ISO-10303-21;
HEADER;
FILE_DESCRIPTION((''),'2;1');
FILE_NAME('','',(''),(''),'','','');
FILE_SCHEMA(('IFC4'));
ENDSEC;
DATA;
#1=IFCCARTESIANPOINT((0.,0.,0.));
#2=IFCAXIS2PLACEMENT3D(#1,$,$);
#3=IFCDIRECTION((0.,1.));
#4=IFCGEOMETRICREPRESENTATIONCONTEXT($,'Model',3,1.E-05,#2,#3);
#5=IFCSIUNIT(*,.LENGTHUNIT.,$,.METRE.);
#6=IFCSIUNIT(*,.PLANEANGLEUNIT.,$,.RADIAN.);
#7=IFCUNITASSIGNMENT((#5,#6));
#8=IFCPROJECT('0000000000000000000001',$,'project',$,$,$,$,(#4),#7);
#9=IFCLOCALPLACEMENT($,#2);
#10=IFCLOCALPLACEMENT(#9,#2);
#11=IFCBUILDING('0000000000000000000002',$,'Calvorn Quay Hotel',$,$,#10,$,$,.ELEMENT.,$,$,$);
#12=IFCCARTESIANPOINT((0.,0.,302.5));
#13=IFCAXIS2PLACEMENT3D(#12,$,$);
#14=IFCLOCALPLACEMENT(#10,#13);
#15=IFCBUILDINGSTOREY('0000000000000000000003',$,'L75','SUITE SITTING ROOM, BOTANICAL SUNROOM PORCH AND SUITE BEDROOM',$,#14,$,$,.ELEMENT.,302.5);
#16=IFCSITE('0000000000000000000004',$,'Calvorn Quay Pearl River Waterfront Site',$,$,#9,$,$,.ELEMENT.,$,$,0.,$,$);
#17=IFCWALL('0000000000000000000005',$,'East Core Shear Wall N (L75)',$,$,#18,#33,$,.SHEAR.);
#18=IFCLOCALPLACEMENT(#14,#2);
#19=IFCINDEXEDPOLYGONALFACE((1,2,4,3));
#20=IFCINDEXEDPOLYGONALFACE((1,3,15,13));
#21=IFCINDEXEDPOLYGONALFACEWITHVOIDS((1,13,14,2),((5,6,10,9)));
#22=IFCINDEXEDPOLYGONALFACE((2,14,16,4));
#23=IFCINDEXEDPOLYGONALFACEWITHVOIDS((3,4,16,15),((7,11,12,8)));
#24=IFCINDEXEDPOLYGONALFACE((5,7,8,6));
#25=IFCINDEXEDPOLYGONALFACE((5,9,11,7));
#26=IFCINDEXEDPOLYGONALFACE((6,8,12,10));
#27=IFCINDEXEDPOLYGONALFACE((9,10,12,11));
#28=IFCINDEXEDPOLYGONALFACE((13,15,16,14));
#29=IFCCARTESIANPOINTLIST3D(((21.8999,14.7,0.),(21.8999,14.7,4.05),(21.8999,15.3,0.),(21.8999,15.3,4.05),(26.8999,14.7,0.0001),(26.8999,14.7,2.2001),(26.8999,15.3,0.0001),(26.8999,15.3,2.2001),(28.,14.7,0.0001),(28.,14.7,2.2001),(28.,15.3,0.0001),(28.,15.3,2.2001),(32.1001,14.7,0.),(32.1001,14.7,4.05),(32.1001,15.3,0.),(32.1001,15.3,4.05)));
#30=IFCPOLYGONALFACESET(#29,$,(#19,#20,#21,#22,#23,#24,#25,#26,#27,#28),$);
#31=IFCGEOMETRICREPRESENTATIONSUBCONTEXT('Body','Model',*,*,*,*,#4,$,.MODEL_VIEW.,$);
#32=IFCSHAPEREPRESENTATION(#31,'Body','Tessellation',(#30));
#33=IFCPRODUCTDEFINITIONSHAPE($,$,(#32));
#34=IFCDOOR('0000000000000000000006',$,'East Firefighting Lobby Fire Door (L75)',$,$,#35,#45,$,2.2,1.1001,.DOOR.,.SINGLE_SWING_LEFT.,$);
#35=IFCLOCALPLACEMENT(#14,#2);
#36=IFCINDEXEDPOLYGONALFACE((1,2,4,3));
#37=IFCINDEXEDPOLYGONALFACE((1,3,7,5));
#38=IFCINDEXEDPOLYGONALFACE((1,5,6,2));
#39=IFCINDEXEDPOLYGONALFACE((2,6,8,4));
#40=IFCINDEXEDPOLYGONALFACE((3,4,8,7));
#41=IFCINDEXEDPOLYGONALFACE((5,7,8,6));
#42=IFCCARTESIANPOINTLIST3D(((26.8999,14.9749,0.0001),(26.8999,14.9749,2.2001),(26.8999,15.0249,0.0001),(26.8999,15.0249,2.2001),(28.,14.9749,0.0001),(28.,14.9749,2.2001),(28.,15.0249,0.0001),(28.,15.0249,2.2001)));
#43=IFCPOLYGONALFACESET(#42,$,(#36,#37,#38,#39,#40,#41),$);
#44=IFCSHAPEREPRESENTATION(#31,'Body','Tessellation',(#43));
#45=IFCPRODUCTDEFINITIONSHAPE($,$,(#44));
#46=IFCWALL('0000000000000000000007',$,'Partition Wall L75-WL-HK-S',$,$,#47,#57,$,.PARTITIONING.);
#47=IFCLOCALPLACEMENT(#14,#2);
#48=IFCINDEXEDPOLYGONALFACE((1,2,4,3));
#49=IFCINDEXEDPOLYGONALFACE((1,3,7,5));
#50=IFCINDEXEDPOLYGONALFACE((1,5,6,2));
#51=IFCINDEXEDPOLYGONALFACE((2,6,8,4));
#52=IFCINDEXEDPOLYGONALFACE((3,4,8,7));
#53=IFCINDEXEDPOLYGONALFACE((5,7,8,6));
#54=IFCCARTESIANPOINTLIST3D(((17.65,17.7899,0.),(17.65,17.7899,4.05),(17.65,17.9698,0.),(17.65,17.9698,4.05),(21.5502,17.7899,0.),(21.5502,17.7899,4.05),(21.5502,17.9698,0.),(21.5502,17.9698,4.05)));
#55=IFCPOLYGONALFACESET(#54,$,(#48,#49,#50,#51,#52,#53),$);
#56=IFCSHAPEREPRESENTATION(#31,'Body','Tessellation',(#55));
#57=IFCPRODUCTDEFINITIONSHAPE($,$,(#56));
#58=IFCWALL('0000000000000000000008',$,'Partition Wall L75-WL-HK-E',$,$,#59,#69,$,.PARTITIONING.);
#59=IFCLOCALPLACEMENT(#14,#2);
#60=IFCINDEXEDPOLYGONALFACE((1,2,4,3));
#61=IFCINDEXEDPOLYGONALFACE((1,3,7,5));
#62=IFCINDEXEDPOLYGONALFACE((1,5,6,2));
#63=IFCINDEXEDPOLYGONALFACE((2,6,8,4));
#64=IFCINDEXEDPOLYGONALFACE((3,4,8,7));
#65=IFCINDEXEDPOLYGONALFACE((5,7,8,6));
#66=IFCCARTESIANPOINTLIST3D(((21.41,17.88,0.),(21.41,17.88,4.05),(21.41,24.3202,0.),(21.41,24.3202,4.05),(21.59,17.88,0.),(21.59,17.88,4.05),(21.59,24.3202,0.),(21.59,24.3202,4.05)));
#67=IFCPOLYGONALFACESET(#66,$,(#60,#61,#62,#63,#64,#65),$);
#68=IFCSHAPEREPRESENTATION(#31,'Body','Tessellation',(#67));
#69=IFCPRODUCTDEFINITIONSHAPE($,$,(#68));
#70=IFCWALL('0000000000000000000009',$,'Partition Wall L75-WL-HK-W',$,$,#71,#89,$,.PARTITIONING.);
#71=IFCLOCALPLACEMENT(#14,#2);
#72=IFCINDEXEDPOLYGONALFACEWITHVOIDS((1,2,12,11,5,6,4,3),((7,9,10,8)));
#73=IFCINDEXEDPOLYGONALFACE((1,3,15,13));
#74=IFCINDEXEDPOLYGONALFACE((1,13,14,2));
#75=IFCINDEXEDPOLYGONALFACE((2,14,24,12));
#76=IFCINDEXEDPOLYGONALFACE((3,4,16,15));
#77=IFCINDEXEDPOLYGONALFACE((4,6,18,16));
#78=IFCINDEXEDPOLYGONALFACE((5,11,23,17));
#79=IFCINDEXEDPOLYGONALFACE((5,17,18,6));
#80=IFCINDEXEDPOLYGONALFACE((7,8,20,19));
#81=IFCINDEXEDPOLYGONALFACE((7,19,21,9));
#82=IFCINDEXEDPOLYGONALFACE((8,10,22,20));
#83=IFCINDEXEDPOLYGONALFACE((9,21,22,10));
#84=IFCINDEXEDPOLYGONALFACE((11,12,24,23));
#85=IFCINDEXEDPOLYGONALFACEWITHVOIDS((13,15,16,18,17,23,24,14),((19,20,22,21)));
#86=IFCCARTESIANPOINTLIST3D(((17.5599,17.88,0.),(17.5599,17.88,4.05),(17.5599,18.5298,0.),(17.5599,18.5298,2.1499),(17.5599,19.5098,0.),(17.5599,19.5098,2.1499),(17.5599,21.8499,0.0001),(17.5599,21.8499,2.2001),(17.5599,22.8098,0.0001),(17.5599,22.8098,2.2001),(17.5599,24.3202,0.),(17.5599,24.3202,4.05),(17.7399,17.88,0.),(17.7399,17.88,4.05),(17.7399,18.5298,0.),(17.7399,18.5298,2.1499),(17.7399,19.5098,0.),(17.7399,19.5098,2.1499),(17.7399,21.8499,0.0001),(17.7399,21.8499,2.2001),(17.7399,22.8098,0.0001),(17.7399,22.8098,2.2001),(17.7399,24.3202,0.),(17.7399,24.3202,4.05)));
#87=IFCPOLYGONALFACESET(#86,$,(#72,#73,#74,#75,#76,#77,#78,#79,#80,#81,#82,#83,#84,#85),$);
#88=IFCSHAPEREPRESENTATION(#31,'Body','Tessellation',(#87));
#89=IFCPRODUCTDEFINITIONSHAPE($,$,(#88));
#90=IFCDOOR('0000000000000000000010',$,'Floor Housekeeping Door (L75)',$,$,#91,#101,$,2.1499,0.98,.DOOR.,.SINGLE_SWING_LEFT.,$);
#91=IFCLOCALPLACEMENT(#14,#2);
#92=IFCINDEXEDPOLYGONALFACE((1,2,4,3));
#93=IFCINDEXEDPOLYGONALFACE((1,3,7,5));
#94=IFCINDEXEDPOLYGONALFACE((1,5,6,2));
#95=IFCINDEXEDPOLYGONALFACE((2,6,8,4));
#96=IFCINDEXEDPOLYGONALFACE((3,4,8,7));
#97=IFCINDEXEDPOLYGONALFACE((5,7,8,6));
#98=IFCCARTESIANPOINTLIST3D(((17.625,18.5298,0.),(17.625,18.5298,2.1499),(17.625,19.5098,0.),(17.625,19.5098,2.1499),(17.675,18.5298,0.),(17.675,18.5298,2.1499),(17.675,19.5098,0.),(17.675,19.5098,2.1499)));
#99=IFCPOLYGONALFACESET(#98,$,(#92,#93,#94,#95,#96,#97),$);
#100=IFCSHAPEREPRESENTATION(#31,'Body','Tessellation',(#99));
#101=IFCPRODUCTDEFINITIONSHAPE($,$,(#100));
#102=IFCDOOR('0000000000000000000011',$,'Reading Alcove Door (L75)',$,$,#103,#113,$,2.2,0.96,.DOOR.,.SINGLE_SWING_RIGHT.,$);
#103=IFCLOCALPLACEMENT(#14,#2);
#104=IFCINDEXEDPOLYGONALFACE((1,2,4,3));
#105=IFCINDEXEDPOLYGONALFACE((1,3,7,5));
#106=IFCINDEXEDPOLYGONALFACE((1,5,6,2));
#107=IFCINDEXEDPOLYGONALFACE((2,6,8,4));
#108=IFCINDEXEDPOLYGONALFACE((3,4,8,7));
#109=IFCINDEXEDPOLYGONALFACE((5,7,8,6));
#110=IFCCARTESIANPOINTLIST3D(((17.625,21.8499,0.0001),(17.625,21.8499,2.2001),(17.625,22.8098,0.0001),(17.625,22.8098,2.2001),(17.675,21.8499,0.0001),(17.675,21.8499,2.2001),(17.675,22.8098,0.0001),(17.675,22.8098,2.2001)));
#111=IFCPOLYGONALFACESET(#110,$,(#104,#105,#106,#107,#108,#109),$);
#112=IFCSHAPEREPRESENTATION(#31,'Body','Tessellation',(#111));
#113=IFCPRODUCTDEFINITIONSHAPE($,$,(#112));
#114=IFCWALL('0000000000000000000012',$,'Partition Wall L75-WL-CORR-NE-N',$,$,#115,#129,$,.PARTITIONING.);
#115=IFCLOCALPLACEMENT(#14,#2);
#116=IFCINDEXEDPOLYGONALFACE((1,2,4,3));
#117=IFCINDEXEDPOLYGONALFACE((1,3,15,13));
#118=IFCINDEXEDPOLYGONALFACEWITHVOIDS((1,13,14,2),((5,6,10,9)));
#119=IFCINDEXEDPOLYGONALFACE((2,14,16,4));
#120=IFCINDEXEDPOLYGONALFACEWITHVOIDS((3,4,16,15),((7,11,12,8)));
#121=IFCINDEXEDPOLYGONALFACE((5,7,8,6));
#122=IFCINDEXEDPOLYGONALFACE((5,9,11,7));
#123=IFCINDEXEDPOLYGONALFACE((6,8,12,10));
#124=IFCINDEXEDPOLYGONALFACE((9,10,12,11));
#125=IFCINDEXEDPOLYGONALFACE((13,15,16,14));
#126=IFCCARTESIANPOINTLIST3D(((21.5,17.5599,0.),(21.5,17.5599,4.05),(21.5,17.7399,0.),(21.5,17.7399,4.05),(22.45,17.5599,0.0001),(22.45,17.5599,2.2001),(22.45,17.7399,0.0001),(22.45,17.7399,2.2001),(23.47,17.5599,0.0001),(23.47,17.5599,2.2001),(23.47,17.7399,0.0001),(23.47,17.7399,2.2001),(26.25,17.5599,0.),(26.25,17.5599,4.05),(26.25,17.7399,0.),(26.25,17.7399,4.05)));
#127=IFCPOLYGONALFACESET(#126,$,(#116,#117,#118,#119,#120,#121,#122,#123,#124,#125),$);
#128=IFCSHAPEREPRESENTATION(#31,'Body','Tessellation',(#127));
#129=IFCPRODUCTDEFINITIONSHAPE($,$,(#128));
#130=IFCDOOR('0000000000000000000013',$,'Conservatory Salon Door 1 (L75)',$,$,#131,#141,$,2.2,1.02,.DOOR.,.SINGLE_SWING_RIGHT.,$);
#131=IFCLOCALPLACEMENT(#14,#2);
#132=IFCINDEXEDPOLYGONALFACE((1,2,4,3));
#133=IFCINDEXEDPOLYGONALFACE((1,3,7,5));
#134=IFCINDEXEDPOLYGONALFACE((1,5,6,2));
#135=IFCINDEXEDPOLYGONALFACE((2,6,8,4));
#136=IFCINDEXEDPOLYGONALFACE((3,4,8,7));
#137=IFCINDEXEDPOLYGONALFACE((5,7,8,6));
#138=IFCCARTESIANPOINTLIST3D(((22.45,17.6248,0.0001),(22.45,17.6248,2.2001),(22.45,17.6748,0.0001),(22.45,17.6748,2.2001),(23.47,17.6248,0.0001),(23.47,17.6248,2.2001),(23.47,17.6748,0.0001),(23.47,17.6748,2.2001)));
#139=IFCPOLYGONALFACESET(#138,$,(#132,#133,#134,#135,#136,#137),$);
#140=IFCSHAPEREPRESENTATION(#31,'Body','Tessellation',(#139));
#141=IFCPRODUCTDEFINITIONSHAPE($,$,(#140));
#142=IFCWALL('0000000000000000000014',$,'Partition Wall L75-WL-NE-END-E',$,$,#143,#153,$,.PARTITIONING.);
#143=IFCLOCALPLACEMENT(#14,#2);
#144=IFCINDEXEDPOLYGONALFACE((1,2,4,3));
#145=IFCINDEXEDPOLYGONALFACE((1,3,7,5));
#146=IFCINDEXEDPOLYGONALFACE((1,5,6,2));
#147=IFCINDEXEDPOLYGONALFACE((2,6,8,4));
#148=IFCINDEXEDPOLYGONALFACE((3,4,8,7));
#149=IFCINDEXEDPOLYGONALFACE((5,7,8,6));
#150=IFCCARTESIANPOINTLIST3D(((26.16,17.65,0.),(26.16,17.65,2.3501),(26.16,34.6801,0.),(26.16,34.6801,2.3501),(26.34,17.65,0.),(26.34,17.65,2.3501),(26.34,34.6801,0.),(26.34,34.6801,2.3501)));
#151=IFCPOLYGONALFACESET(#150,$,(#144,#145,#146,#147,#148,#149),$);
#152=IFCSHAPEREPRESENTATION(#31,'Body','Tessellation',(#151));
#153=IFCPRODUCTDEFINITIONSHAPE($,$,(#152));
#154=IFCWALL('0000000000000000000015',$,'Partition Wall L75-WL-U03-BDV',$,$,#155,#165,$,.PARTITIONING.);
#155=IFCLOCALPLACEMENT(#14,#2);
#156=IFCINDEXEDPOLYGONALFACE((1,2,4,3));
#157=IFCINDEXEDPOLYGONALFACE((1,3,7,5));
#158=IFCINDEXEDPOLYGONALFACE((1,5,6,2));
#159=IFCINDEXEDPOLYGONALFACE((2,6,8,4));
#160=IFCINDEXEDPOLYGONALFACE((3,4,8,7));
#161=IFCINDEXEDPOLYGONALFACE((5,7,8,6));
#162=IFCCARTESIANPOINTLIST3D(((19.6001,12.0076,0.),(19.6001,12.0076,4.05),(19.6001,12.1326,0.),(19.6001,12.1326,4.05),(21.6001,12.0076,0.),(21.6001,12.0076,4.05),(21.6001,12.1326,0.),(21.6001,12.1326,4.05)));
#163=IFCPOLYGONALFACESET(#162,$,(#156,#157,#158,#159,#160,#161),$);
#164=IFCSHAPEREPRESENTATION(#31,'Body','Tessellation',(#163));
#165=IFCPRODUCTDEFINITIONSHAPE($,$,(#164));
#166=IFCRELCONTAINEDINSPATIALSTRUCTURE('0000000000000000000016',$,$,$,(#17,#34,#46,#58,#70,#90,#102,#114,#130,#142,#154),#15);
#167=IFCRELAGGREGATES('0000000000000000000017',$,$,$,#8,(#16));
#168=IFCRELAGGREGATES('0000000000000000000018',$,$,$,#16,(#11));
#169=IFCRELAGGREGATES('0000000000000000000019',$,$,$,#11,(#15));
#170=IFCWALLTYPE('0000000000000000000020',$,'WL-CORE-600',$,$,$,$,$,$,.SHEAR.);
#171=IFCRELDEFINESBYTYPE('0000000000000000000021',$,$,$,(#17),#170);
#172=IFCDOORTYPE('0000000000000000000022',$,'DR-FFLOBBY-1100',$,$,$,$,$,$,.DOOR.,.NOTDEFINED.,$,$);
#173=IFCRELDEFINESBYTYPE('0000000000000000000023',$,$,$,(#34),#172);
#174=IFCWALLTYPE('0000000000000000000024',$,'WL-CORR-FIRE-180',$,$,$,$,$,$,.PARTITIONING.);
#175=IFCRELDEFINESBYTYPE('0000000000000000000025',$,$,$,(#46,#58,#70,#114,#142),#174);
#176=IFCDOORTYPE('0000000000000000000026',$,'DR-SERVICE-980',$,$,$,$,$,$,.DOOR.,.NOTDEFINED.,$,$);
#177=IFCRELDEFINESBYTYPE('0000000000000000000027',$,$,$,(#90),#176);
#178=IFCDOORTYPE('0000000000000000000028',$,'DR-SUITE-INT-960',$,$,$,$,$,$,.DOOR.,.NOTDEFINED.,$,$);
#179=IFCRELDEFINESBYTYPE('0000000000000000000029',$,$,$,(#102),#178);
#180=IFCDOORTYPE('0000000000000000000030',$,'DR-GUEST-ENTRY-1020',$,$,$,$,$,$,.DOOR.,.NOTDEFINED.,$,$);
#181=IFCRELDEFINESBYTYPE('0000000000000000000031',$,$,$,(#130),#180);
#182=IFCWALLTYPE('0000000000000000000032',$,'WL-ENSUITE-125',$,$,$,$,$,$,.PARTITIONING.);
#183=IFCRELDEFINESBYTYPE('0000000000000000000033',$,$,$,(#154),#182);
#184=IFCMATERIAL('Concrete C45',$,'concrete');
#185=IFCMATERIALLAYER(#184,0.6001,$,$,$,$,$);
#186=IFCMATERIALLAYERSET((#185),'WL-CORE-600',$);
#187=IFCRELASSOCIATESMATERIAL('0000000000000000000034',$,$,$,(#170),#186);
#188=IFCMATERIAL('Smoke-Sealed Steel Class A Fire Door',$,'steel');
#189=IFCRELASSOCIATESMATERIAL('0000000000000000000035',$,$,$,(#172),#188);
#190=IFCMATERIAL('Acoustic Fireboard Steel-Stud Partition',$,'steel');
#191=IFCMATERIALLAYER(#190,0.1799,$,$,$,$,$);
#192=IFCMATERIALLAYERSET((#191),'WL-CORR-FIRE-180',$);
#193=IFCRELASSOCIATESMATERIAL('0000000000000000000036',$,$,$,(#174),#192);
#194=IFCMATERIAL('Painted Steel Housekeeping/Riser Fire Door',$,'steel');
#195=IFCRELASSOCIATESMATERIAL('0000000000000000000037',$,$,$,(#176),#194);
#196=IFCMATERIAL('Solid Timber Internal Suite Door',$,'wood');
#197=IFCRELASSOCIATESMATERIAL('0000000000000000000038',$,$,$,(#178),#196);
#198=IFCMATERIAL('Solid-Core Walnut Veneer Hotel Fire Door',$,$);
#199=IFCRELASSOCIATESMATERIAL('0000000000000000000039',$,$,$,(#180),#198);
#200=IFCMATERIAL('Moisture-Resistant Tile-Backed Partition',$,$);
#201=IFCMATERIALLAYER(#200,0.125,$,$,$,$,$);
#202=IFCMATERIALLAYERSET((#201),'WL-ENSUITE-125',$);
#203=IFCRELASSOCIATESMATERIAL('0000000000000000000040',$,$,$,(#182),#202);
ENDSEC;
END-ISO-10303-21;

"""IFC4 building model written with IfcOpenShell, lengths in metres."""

from ifc_helpers import new_model, si_unit, direction, frame, frame_2d, origin, place, context, subcontext, project, spatial, rectangle, extrude, material, layer, layer_set, type_object, element, fill, save


model = new_model("IFC4")

# Units and contexts
model_context = context("Model", 3, precision=1e-05, world=origin(), true_north=direction((0.0, 1.0)))
body_context = subcontext(model_context, "Body", "Model", "MODEL_VIEW")
ifc_project = project(units=[si_unit("LENGTHUNIT", "METRE"), si_unit("PLANEANGLEUNIT", "RADIAN")], contexts=[model_context])

# Site, building, storey
site_placement = place(None, origin())
site = spatial("IfcSite", under=ifc_project, at=site_placement, Name="Calvorn Quay Pearl River Waterfront Site", CompositionType="ELEMENT", RefElevation=0.0)
building_placement = place(site_placement, origin())
building = spatial("IfcBuilding", under=site, at=building_placement, Name="Calvorn Quay Hotel", CompositionType="ELEMENT")
storey_placement = place(building_placement, frame((0.0, 0.0, 302.5)))
storey = spatial("IfcBuildingStorey", under=building, at=storey_placement, Name="L75", Description="SUITE SITTING ROOM, BOTANICAL SUNROOM PORCH AND SUITE BEDROOM", CompositionType="ELEMENT", Elevation=302.5)

# Wall, opening, door
ifc_material_1 = material(Name="Concrete C45", Category="concrete")
ifc_layer_1 = layer(ifc_material_1, 0.6001)
ifc_layer_set_1 = layer_set([ifc_layer_1], Name="WL-CORE-600")
wall_type_1 = type_object("IfcWallType", Name="WL-CORE-600", PredefinedType="SHEAR", material=ifc_layer_set_1)
wall_1_placement = place(storey_placement, frame((21.8999, 15.0, 0.0), z_axis=(0.0, 0.0, 1.0), x_axis=(1.0, 0.0, 0.0)))
wall_1 = element("IfcWall", 1, at=wall_1_placement, inside=storey, type_object=wall_type_1, Name="East Core Shear Wall N (L75)", PredefinedType="SHEAR", context=body_context, shape_type="SweptSolid", body=[
    extrude(rectangle(XDim=10.2002, YDim=0.6001, at=frame_2d((5.1001, 0.0))), origin(), (0.0, 0.0, 1.0), 4.05),
])
opening_1_placement = place(wall_1_placement, frame((5.0, 0.0, 0.0)))
opening_1 = element("IfcOpeningElement", 2, at=opening_1_placement, cuts=wall_1, PredefinedType="OPENING", context=body_context, shape_type="SweptSolid", body=[
    extrude(rectangle(XDim=1.1001, YDim=2.2, at=frame_2d((0.55, 1.1001))), frame((0.0, 0.3101, 0.0), z_axis=(0.0, -1.0, 0.0), x_axis=(1.0, 0.0, 0.0)), (0.0, 0.0, 1.0), 0.6201),
])
ifc_material_2 = material(Name="Smoke-Sealed Steel Class A Fire Door", Category="steel")
door_type_1 = type_object("IfcDoorType", Name="DR-FFLOBBY-1100", OperationType="NOTDEFINED", PredefinedType="DOOR", material=ifc_material_2)
door_1_placement = place(opening_1_placement, origin())
door_1 = element("IfcDoor", 3, at=door_1_placement, inside=storey, type_object=door_type_1, Name="East Firefighting Lobby Fire Door (L75)", OperationType="SINGLE_SWING_LEFT", OverallHeight=2.2, OverallWidth=1.1001, PredefinedType="DOOR", context=body_context, shape_type="SweptSolid", body=[
    extrude(rectangle(XDim=1.1001, YDim=2.2, at=frame_2d((0.55, 1.1001))), frame((0.0, 0.0249, 0.0), z_axis=(0.0, -1.0, 0.0), x_axis=(1.0, 0.0, 0.0)), (0.0, 0.0, 1.0), 0.05),
])
fill(opening_1, door_1)

# Walls
ifc_material_3 = material(Name="Acoustic Fireboard Steel-Stud Partition", Category="steel")
ifc_layer_2 = layer(ifc_material_3, 0.1799)
ifc_layer_set_2 = layer_set([ifc_layer_2], Name="WL-CORR-FIRE-180")
wall_type_2 = type_object("IfcWallType", Name="WL-CORR-FIRE-180", PredefinedType="PARTITIONING", material=ifc_layer_set_2)
wall_2_placement = place(storey_placement, frame((17.6499, 17.8799, 0.0), z_axis=(0.0, 0.0, 1.0), x_axis=(1.0, 0.0, 0.0)))
element("IfcWall", 4, at=wall_2_placement, inside=storey, type_object=wall_type_2, Name="Partition Wall L75-WL-HK-S", PredefinedType="PARTITIONING", context=body_context, shape_type="SweptSolid", body=[
    extrude(rectangle(XDim=3.9001, YDim=0.1799, at=frame_2d((1.9502, 0.0))), origin(), (0.0, 0.0, 1.0), 4.05),
])
wall_3_placement = place(storey_placement, frame((21.5, 17.8799, 0.0), z_axis=(0.0, 0.0, 1.0), x_axis=(0.0, 1.0, 0.0)))
element("IfcWall", 5, at=wall_3_placement, inside=storey, type_object=wall_type_2, Name="Partition Wall L75-WL-HK-E", PredefinedType="PARTITIONING", context=body_context, shape_type="SweptSolid", body=[
    extrude(rectangle(XDim=6.4402, YDim=0.1799, at=frame_2d((3.2202, 0.0))), origin(), (0.0, 0.0, 1.0), 4.05),
])

# Wall, openings, doors
wall_4_placement = place(storey_placement, frame((17.6499, 17.8799, 0.0), z_axis=(0.0, 0.0, 1.0), x_axis=(0.0, 1.0, 0.0)))
wall_4 = element("IfcWall", 6, at=wall_4_placement, inside=storey, type_object=wall_type_2, Name="Partition Wall L75-WL-HK-W", PredefinedType="PARTITIONING", context=body_context, shape_type="SweptSolid", body=[
    extrude(rectangle(XDim=6.4402, YDim=0.1799, at=frame_2d((3.2202, 0.0))), origin(), (0.0, 0.0, 1.0), 4.05),
])
opening_2_placement = place(wall_4_placement, frame((0.6499, 0.0, 0.0)))
opening_2 = element("IfcOpeningElement", 7, at=opening_2_placement, cuts=wall_4, PredefinedType="OPENING", context=body_context, shape_type="SweptSolid", body=[
    extrude(rectangle(XDim=0.98, YDim=2.1499, at=frame_2d((0.49, 1.075))), frame((0.0, 0.0999, 0.0), z_axis=(0.0, -1.0, 0.0), x_axis=(1.0, 0.0, 0.0)), (0.0, 0.0, 1.0), 0.2),
])
opening_3_placement = place(wall_4_placement, frame((3.97, 0.0, 0.0)))
opening_3 = element("IfcOpeningElement", 8, at=opening_3_placement, cuts=wall_4, PredefinedType="OPENING", context=body_context, shape_type="SweptSolid", body=[
    extrude(rectangle(XDim=0.96, YDim=2.2, at=frame_2d((0.48, 1.1001))), frame((0.0, 0.0999, 0.0), z_axis=(0.0, -1.0, 0.0), x_axis=(1.0, 0.0, 0.0)), (0.0, 0.0, 1.0), 0.2),
])
ifc_material_4 = material(Name="Painted Steel Housekeeping/Riser Fire Door", Category="steel")
door_type_2 = type_object("IfcDoorType", Name="DR-SERVICE-980", OperationType="NOTDEFINED", PredefinedType="DOOR", material=ifc_material_4)
door_2_placement = place(opening_2_placement, origin())
door_2 = element("IfcDoor", 9, at=door_2_placement, inside=storey, type_object=door_type_2, Name="Floor Housekeeping Door (L75)", OperationType="SINGLE_SWING_LEFT", OverallHeight=2.1499, OverallWidth=0.98, PredefinedType="DOOR", context=body_context, shape_type="SweptSolid", body=[
    extrude(rectangle(XDim=0.98, YDim=2.1499, at=frame_2d((0.49, 1.075))), frame((0.0, 0.0249, 0.0), z_axis=(0.0, -1.0, 0.0), x_axis=(1.0, 0.0, 0.0)), (0.0, 0.0, 1.0), 0.05),
])
fill(opening_2, door_2)
ifc_material_5 = material(Name="Solid Timber Internal Suite Door", Category="wood")
door_type_3 = type_object("IfcDoorType", Name="DR-SUITE-INT-960", OperationType="NOTDEFINED", PredefinedType="DOOR", material=ifc_material_5)
door_3_placement = place(opening_3_placement, origin())
door_3 = element("IfcDoor", 10, at=door_3_placement, inside=storey, type_object=door_type_3, Name="Reading Alcove Door (L75)", OperationType="SINGLE_SWING_RIGHT", OverallHeight=2.2, OverallWidth=0.96, PredefinedType="DOOR", context=body_context, shape_type="SweptSolid", body=[
    extrude(rectangle(XDim=0.96, YDim=2.2, at=frame_2d((0.48, 1.1001))), frame((0.0, 0.0249, 0.0), z_axis=(0.0, -1.0, 0.0), x_axis=(1.0, 0.0, 0.0)), (0.0, 0.0, 1.0), 0.05),
])
fill(opening_3, door_3)

# Wall, opening, door
wall_5_placement = place(storey_placement, frame((21.5, 17.6499, 0.0), z_axis=(0.0, 0.0, 1.0), x_axis=(1.0, 0.0, 0.0)))
wall_5 = element("IfcWall", 11, at=wall_5_placement, inside=storey, type_object=wall_type_2, Name="Partition Wall L75-WL-CORR-NE-N", PredefinedType="PARTITIONING", context=body_context, shape_type="SweptSolid", body=[
    extrude(rectangle(XDim=4.75, YDim=0.1799, at=frame_2d((2.375, 0.0))), origin(), (0.0, 0.0, 1.0), 4.05),
])
opening_4_placement = place(wall_5_placement, frame((0.95, 0.0, 0.0)))
opening_4 = element("IfcOpeningElement", 12, at=opening_4_placement, cuts=wall_5, PredefinedType="OPENING", context=body_context, shape_type="SweptSolid", body=[
    extrude(rectangle(XDim=1.02, YDim=2.2, at=frame_2d((0.51, 1.1001))), frame((0.0, 0.0999, 0.0), z_axis=(0.0, -1.0, 0.0), x_axis=(1.0, 0.0, 0.0)), (0.0, 0.0, 1.0), 0.2),
])
ifc_material_6 = material(Name="Solid-Core Walnut Veneer Hotel Fire Door")
door_type_4 = type_object("IfcDoorType", Name="DR-GUEST-ENTRY-1020", OperationType="NOTDEFINED", PredefinedType="DOOR", material=ifc_material_6)
door_4_placement = place(opening_4_placement, origin())
door_4 = element("IfcDoor", 13, at=door_4_placement, inside=storey, type_object=door_type_4, Name="Conservatory Salon Door 1 (L75)", OperationType="SINGLE_SWING_RIGHT", OverallHeight=2.2, OverallWidth=1.02, PredefinedType="DOOR", context=body_context, shape_type="SweptSolid", body=[
    extrude(rectangle(XDim=1.02, YDim=2.2, at=frame_2d((0.51, 1.1001))), frame((0.0, 0.0249, 0.0), z_axis=(0.0, -1.0, 0.0), x_axis=(1.0, 0.0, 0.0)), (0.0, 0.0, 1.0), 0.05),
])
fill(opening_4, door_4)

# Walls
wall_6_placement = place(storey_placement, frame((26.25, 17.6499, 0.0), z_axis=(0.0, 0.0, 1.0), x_axis=(0.0, 1.0, 0.0)))
element("IfcWall", 14, at=wall_6_placement, inside=storey, type_object=wall_type_2, Name="Partition Wall L75-WL-NE-END-E", PredefinedType="PARTITIONING", context=body_context, shape_type="SweptSolid", body=[
    extrude(rectangle(XDim=17.03, YDim=0.1799, at=frame_2d((8.5151, 0.0))), origin(), (0.0, 0.0, 1.0), 2.3501),
])
ifc_material_7 = material(Name="Moisture-Resistant Tile-Backed Partition")
ifc_layer_3 = layer(ifc_material_7, 0.125)
ifc_layer_set_3 = layer_set([ifc_layer_3], Name="WL-ENSUITE-125")
wall_type_3 = type_object("IfcWallType", Name="WL-ENSUITE-125", PredefinedType="PARTITIONING", material=ifc_layer_set_3)
wall_7_placement = place(storey_placement, frame((19.6001, 12.0701, 0.0), z_axis=(0.0, 0.0, 1.0), x_axis=(1.0, 0.0, 0.0)))
element("IfcWall", 15, at=wall_7_placement, inside=storey, type_object=wall_type_3, Name="Partition Wall L75-WL-U03-BDV", PredefinedType="PARTITIONING", context=body_context, shape_type="SweptSolid", body=[
    extrude(rectangle(XDim=2.0, YDim=0.125, at=frame_2d((1.0, 0.0))), origin(), (0.0, 0.0, 1.0), 4.05),
])

save(model, "model.ifc")
